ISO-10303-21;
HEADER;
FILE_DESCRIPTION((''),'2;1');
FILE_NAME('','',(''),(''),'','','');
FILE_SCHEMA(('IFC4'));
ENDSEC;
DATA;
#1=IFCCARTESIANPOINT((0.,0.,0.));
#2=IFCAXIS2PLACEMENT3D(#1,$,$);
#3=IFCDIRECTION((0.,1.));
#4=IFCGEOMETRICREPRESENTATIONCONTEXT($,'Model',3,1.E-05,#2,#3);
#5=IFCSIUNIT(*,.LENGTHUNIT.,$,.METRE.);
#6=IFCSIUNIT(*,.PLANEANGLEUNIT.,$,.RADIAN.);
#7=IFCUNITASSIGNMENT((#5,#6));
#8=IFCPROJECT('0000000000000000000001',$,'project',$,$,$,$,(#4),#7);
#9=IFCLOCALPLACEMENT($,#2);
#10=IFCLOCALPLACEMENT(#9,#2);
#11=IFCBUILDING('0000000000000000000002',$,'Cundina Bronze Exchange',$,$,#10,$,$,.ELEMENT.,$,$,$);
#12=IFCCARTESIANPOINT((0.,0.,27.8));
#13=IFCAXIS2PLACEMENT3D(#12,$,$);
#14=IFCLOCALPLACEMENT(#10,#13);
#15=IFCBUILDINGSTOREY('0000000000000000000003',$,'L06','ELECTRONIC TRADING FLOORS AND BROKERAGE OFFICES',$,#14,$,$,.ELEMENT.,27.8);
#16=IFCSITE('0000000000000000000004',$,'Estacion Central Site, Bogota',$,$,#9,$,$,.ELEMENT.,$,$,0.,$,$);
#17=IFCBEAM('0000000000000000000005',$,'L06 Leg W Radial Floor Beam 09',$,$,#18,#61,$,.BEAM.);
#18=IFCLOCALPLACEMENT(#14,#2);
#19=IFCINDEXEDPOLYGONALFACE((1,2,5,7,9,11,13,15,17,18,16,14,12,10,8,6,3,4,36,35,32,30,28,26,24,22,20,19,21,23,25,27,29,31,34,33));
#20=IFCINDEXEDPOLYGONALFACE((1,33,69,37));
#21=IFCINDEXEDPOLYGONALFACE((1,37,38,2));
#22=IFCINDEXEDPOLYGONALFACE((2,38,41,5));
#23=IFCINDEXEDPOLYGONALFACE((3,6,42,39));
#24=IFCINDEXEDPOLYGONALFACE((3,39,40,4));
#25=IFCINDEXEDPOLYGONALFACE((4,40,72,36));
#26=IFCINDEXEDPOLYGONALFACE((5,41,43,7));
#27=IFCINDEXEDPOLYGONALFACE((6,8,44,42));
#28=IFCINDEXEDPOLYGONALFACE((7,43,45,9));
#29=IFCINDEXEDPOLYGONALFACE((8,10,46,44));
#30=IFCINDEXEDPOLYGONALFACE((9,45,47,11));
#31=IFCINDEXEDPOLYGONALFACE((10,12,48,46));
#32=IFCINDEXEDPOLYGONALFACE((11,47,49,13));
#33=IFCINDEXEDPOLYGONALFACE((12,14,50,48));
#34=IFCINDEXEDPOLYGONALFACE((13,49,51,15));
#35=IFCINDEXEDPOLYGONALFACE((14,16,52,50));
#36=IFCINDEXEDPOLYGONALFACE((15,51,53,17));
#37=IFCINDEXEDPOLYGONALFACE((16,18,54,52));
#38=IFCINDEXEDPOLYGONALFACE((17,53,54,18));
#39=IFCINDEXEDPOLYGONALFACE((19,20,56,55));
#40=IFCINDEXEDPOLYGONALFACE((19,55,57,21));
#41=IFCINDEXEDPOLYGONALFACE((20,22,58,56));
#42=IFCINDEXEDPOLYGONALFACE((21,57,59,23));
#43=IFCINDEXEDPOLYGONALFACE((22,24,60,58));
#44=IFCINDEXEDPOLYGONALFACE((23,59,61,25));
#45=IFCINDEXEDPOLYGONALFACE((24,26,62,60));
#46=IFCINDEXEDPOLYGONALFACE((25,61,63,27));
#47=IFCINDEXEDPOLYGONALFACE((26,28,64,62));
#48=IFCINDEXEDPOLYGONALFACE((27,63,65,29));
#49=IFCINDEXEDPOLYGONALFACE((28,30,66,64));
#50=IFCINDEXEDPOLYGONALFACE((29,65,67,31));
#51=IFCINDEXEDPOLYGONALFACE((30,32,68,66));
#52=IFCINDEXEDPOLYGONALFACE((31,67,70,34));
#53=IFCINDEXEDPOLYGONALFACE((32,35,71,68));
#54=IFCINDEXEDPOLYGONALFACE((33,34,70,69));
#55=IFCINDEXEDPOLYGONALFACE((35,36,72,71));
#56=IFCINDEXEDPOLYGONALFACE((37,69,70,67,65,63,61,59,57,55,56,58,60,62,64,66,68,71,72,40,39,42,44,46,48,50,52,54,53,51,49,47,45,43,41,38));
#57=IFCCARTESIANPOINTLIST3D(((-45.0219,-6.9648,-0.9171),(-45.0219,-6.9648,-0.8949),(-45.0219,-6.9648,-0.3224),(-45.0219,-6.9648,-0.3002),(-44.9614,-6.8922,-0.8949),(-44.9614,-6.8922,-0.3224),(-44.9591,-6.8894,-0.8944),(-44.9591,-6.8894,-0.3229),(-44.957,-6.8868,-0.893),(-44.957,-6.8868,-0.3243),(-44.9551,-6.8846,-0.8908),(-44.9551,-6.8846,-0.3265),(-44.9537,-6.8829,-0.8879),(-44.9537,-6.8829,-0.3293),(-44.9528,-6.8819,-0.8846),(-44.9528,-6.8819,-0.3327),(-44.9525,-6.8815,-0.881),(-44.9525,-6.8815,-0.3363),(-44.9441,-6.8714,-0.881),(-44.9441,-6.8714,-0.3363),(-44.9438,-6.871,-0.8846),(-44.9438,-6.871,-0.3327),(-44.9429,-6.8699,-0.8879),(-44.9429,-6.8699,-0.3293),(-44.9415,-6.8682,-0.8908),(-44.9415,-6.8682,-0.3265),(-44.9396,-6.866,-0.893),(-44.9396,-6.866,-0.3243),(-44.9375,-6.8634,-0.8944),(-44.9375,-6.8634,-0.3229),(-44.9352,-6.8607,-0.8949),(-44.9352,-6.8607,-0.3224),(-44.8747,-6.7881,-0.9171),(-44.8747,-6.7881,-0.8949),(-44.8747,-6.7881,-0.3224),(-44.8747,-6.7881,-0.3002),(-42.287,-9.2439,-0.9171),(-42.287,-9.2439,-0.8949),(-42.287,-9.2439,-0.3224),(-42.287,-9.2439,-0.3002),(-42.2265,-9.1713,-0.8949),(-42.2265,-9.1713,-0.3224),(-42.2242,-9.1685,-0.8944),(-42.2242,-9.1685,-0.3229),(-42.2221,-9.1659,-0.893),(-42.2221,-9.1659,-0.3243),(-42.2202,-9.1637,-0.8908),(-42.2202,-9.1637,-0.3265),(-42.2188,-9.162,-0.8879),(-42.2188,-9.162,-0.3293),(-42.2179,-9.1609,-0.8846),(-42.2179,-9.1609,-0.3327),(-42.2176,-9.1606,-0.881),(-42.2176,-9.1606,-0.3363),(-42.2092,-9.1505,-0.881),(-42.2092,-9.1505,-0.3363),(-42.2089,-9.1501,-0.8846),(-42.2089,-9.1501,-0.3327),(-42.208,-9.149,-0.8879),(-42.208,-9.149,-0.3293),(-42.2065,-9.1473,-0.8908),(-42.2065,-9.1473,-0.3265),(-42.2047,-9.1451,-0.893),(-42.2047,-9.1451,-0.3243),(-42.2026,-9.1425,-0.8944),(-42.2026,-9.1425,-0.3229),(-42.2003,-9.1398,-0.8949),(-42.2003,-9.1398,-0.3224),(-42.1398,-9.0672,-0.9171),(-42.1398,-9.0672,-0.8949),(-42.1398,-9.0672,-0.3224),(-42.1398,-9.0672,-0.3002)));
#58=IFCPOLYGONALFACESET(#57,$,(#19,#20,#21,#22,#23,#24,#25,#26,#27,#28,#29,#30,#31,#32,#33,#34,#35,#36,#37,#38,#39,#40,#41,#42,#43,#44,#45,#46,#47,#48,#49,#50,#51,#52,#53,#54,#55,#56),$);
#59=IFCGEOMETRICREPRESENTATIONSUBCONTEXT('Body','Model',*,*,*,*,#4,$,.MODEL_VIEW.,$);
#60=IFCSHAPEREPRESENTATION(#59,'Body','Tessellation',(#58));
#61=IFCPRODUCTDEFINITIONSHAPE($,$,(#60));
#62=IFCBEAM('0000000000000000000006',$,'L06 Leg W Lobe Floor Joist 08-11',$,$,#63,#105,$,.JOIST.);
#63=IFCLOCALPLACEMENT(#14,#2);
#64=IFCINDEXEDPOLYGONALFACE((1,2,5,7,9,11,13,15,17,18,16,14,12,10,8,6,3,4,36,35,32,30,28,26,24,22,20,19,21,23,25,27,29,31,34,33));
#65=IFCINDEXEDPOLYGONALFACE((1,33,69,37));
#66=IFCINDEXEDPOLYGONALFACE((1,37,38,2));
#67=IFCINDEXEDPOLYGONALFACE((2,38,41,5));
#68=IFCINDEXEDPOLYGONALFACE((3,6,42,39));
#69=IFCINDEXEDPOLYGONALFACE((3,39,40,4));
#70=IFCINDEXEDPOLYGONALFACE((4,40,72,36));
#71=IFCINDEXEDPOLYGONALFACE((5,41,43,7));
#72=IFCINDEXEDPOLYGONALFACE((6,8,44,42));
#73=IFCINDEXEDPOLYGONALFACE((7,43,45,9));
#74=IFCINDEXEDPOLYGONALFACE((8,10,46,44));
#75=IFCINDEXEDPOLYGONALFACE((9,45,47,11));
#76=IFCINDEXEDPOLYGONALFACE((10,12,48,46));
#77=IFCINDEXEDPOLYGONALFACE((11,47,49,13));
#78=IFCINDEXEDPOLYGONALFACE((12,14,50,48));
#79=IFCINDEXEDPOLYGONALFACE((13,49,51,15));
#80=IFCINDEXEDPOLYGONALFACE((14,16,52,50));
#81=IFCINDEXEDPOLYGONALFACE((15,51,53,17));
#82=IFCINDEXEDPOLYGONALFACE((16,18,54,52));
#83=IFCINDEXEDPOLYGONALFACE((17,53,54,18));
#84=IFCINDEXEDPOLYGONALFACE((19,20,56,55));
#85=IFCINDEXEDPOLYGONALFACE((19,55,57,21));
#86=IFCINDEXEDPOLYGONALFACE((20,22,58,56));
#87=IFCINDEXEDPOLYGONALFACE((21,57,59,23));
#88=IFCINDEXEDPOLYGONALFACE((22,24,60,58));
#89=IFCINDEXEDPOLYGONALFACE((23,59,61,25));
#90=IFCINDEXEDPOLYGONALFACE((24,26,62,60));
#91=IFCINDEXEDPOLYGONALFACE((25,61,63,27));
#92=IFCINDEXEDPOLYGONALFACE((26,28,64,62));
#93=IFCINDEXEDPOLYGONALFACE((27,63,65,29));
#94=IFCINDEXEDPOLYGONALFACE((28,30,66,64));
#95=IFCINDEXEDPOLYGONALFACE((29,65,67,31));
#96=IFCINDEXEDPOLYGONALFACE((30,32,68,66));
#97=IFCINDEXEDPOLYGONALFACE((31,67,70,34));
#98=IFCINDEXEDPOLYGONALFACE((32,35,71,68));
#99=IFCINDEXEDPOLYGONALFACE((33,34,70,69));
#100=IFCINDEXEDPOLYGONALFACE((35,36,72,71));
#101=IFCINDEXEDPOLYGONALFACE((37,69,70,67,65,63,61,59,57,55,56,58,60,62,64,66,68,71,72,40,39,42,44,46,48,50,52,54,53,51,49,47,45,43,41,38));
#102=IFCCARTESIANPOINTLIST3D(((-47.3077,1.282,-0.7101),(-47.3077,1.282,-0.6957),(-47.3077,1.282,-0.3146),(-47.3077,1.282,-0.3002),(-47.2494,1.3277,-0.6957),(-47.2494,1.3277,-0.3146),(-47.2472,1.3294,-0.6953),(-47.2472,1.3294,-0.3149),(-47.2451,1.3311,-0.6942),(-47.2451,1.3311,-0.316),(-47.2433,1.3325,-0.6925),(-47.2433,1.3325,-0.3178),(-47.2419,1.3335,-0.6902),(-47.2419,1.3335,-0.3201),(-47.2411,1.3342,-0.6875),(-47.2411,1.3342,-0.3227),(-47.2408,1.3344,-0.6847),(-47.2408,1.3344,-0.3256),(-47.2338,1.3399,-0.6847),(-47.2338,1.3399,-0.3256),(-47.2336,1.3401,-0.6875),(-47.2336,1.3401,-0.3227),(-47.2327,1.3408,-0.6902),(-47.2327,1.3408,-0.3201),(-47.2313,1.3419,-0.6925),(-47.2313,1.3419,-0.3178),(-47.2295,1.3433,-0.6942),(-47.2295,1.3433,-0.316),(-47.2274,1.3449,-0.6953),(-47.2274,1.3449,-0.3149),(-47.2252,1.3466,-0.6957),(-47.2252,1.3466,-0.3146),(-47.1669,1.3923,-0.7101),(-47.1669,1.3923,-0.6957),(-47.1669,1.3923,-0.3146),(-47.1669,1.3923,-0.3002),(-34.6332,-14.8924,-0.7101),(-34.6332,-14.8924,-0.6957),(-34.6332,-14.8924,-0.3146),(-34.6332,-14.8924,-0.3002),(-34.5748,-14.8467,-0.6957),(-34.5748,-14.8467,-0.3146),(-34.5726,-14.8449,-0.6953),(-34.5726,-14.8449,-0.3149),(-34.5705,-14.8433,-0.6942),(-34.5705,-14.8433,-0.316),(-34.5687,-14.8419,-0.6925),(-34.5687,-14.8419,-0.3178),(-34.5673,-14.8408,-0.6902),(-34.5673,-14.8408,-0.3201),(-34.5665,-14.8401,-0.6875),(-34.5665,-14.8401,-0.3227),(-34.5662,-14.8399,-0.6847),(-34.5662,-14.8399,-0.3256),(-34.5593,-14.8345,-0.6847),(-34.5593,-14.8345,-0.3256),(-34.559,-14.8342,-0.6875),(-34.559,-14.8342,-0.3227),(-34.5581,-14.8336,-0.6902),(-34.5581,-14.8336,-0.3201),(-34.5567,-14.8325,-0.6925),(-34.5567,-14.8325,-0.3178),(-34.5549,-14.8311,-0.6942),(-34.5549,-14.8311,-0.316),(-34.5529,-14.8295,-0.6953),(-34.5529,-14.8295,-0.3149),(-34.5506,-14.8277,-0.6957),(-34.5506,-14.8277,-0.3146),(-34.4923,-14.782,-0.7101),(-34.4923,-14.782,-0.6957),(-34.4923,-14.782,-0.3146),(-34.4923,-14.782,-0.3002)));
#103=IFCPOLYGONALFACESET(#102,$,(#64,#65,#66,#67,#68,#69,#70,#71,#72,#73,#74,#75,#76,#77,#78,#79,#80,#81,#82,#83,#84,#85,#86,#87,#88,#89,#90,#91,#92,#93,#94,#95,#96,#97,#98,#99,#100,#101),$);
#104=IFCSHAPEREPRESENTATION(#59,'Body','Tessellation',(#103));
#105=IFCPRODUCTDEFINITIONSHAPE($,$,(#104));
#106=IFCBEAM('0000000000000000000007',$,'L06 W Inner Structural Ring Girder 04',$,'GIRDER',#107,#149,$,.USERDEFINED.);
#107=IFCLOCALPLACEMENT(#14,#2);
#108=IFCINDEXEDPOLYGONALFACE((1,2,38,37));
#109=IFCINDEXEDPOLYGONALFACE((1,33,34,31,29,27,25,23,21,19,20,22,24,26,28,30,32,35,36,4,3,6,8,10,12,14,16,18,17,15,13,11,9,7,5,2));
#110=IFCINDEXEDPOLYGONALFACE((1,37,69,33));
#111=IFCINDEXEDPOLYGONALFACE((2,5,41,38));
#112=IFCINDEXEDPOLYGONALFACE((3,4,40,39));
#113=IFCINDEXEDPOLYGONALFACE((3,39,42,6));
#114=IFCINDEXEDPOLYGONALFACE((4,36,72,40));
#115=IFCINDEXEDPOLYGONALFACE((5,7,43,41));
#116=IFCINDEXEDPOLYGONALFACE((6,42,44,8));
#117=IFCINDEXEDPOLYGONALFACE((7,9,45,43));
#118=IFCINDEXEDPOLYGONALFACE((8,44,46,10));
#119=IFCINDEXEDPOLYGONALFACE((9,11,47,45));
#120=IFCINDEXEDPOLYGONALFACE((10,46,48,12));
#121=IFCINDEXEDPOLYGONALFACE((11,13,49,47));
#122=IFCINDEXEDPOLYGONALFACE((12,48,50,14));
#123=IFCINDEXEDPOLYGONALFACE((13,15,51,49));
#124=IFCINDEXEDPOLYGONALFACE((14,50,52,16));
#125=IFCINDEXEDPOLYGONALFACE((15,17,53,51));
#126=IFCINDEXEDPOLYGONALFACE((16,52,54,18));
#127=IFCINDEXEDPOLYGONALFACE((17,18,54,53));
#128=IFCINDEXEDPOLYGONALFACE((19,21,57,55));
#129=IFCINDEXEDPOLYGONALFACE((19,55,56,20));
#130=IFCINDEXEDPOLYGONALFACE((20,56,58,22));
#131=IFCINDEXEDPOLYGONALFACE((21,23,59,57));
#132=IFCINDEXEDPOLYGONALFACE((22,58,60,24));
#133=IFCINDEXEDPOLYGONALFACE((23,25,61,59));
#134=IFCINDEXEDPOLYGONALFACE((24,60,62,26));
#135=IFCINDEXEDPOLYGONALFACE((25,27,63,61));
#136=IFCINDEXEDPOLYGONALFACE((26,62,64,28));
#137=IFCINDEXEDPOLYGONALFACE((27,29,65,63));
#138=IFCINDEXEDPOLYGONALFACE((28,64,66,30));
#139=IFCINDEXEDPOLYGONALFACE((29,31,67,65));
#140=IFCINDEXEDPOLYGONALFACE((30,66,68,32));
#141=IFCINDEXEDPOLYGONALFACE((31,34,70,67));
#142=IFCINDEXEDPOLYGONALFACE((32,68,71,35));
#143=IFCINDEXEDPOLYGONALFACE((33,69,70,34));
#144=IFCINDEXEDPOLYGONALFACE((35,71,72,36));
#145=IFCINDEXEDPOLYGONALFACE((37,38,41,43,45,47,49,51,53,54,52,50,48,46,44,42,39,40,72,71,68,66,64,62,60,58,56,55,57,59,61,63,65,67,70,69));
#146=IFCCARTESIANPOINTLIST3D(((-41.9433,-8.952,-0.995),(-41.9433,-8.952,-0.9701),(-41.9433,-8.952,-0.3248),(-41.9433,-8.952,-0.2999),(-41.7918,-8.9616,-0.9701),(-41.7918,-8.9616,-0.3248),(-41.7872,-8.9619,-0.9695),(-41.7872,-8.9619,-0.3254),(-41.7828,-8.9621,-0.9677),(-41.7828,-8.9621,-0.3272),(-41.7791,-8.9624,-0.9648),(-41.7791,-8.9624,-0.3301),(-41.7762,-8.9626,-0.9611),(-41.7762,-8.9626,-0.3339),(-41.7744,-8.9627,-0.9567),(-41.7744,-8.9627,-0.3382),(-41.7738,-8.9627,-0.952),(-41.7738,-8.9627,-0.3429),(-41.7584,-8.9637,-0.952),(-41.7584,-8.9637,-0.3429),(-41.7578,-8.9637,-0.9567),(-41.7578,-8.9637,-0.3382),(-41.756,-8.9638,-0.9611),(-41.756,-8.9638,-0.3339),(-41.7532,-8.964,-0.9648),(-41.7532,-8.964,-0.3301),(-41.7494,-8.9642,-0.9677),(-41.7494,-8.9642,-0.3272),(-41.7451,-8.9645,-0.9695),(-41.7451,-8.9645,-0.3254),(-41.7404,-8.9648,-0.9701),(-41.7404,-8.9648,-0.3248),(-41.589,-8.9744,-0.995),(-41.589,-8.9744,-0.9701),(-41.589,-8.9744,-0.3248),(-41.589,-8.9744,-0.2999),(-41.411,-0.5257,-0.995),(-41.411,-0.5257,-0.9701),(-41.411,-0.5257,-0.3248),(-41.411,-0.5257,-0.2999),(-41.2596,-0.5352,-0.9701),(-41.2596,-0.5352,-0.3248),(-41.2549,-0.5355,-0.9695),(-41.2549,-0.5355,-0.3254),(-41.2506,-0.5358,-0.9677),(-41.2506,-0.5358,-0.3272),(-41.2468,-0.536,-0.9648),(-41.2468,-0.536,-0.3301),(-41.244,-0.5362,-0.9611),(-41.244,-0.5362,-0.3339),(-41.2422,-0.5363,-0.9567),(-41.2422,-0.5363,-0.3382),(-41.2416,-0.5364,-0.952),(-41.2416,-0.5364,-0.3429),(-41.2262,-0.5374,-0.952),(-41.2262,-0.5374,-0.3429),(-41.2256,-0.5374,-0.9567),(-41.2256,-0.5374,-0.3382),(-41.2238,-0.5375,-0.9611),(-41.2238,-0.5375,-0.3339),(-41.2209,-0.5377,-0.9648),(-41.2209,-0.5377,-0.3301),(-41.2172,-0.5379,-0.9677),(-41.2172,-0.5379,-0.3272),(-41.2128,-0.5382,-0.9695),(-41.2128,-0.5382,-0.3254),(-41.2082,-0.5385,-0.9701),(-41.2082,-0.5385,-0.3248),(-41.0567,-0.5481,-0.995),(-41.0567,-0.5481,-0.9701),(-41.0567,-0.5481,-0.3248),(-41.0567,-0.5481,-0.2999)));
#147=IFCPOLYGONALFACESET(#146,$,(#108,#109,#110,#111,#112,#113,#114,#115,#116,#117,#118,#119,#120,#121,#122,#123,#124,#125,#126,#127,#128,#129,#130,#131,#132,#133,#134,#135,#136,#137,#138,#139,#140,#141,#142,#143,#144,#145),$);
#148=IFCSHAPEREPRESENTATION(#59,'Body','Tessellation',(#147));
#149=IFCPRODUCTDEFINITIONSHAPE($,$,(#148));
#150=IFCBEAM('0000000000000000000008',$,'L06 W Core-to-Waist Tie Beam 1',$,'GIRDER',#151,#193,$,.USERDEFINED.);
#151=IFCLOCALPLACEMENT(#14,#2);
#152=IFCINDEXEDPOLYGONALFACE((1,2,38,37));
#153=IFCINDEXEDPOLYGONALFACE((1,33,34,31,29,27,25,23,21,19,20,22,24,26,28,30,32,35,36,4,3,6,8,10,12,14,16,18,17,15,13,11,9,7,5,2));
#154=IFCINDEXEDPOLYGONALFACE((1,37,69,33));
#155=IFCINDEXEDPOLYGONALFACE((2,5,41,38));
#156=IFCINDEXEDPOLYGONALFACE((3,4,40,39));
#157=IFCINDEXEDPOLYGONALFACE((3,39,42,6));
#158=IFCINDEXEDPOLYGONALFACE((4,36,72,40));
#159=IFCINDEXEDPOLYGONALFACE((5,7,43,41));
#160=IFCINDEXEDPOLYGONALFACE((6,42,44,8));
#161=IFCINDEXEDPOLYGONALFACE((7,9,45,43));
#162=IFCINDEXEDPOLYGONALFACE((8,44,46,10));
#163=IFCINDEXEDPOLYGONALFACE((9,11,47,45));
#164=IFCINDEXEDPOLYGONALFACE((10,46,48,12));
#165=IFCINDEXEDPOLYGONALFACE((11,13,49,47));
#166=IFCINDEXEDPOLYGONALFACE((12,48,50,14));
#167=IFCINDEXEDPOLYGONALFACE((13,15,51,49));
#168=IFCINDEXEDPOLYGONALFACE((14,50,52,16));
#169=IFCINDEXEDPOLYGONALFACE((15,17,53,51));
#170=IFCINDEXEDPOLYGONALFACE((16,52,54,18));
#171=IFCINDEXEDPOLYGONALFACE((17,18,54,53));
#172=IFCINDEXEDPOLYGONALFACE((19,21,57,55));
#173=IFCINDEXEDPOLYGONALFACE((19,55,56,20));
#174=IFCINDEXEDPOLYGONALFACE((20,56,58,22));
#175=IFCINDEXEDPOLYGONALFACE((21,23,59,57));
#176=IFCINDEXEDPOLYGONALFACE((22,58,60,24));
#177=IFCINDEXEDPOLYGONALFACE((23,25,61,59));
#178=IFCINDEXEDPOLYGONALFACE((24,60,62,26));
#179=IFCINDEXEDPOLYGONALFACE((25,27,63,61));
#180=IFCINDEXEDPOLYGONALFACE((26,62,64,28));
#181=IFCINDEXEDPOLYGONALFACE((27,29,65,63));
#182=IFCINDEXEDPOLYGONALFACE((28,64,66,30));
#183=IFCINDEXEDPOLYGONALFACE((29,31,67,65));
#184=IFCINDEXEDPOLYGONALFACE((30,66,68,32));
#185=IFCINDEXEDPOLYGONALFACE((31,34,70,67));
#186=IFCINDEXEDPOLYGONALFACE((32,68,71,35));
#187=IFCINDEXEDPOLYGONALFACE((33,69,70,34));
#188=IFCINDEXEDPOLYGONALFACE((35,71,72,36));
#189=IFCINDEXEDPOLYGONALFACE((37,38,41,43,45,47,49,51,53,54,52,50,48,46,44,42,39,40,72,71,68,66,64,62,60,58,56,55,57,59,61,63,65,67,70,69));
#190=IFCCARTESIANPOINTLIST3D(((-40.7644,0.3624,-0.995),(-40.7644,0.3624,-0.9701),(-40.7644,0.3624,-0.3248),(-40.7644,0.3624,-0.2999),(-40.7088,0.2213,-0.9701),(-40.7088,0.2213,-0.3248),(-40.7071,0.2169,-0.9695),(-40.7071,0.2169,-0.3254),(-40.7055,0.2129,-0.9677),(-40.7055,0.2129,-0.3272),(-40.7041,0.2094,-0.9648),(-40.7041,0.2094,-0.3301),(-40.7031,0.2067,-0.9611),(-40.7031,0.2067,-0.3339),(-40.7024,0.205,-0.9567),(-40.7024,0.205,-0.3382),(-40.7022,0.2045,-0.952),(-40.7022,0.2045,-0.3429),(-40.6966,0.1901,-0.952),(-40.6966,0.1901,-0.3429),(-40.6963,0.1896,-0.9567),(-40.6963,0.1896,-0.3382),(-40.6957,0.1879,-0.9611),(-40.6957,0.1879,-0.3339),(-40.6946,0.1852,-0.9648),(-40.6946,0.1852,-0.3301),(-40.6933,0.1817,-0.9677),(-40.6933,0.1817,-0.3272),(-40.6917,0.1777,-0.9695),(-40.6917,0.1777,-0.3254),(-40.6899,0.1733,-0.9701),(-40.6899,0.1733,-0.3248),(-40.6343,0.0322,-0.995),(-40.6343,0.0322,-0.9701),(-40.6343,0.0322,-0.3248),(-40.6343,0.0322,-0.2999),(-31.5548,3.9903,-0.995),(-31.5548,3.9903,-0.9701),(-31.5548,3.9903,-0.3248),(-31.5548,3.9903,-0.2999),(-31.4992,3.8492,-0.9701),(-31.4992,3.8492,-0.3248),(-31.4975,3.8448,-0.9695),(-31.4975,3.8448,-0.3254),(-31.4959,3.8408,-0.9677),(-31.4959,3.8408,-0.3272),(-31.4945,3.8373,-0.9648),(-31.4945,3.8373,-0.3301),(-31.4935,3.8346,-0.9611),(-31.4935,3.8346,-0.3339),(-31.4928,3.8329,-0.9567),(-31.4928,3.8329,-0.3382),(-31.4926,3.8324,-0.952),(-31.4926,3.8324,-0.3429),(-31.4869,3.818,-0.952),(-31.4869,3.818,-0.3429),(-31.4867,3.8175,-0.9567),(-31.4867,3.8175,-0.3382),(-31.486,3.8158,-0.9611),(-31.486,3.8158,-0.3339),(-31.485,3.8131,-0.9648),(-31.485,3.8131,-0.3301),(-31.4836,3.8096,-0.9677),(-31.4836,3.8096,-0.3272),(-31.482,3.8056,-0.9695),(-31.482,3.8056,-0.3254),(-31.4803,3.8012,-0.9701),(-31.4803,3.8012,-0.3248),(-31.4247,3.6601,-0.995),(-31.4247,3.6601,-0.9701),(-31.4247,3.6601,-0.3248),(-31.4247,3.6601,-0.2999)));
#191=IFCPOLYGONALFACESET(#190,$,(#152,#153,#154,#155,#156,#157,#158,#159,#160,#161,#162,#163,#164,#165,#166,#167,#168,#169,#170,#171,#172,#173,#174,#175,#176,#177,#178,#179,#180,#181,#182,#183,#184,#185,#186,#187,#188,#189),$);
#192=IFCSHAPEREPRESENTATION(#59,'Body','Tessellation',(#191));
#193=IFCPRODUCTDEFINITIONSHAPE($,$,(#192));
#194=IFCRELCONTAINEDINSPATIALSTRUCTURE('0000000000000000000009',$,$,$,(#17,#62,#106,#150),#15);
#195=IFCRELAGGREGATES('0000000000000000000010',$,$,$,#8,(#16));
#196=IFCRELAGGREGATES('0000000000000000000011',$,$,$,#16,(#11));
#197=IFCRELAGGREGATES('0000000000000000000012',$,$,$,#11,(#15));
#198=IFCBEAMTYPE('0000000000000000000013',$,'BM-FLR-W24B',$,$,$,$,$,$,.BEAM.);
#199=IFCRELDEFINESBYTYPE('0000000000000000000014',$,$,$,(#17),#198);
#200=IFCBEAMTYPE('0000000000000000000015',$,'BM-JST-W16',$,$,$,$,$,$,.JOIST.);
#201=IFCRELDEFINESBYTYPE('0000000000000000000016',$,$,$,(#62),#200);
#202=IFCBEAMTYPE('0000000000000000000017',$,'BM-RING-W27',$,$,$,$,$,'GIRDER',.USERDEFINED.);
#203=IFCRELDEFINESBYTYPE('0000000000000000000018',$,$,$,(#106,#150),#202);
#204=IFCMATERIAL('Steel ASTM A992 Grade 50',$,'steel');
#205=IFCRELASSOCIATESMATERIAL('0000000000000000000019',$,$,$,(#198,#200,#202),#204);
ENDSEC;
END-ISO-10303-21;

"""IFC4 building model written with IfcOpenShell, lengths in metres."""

from ifc_helpers import new_model, si_unit, direction, frame, origin, origin_2d, place, context, subcontext, project, spatial, i_section, extrude, material, material_profile, profile_set, type_object, element, save


model = new_model("IFC4")

# Units and contexts
model_context = context("Model", 3, precision=1e-05, world=origin(), true_north=direction((0.0, 1.0)))
body_context = subcontext(model_context, "Body", "Model", "MODEL_VIEW")
ifc_project = project(units=[si_unit("LENGTHUNIT", "METRE"), si_unit("PLANEANGLEUNIT", "RADIAN")], contexts=[model_context])

# Site, building, storey
site_placement = place(None, origin())
site = spatial("IfcSite", under=ifc_project, at=site_placement, Name="Estacion Central Site, Bogota", CompositionType="ELEMENT", RefElevation=0.0)
building_placement = place(site_placement, origin())
building = spatial("IfcBuilding", under=site, at=building_placement, Name="Cundina Bronze Exchange", CompositionType="ELEMENT")
storey_placement = place(building_placement, frame((0.0, 0.0, 27.8)))
storey = spatial("IfcBuildingStorey", under=building, at=storey_placement, Name="L06", Description="ELECTRONIC TRADING FLOORS AND BROKERAGE OFFICES", CompositionType="ELEMENT", Elevation=27.8)

# Shared definitions
ifc_material_1 = material(Name="Steel ASTM A992 Grade 50", Category="steel")

# Beams
ifc_material_profile_1 = material_profile(ifc_material_1, i_section(OverallWidth=0.23, OverallDepth=0.6169, WebThickness=0.0132, FlangeThickness=0.0222, FilletRadius=0.0139, at=origin_2d()), Name="W24X94", Category="steel")
ifc_profile_set_1 = profile_set([ifc_material_profile_1], Name="Steel ASTM A992 Grade 50")
beam_type_1 = type_object("IfcBeamType", Name="BM-FLR-W24B", PredefinedType="BEAM", material=ifc_profile_set_1)
beam_1_placement = place(storey_placement, frame((-42.2134, -9.1555, -0.6086), z_axis=(-0.768221, 0.640184, 0.0), x_axis=(-0.640184, -0.768221, 0.0)))
element("IfcBeam", 1, at=beam_1_placement, inside=storey, type_object=beam_type_1, Name="L06 Leg W Radial Floor Beam 09", PredefinedType="BEAM", context=body_context, shape_type="SweptSolid", body=[
    extrude(i_section(OverallWidth=0.23, OverallDepth=0.6169, WebThickness=0.0132, FlangeThickness=0.0222, FilletRadius=0.0139, at=origin_2d()), origin(), (0.0, 0.0, 1.0), 3.5601),
])
ifc_material_profile_2 = material_profile(ifc_material_1, i_section(OverallWidth=0.179, OverallDepth=0.4099, WebThickness=0.0088, FlangeThickness=0.0144, FilletRadius=0.011, at=origin_2d()), Name="W16X45", Category="steel")
ifc_profile_set_2 = profile_set([ifc_material_profile_2], Name="Steel ASTM A992 Grade 50")
beam_type_2 = type_object("IfcBeamType", Name="BM-JST-W16", PredefinedType="JOIST", material=ifc_profile_set_2)
beam_2_placement = place(storey_placement, frame((-47.2373, 1.3372, -0.5051), z_axis=(0.616803, -0.787117, 0.0), x_axis=(0.787117, 0.616803, 0.0)))
element("IfcBeam", 2, at=beam_2_placement, inside=storey, type_object=beam_type_2, Name="L06 Leg W Lobe Floor Joist 08-11", PredefinedType="JOIST", context=body_context, shape_type="SweptSolid", body=[
    extrude(i_section(OverallWidth=0.179, OverallDepth=0.4099, WebThickness=0.0088, FlangeThickness=0.0144, FilletRadius=0.011, at=origin_2d()), origin(), (0.0, 0.0, 1.0), 20.5488),
])
ifc_material_profile_3 = material_profile(ifc_material_1, i_section(OverallWidth=0.355, OverallDepth=0.6951, WebThickness=0.0154, FlangeThickness=0.0249, FilletRadius=0.0181, at=origin_2d()), Name="W27X146", Category="steel")
ifc_profile_set_3 = profile_set([ifc_material_profile_3], Name="Steel ASTM A992 Grade 50")
beam_type_3 = type_object("IfcBeamType", Name="BM-RING-W27", ElementType="GIRDER", PredefinedType="USERDEFINED", material=ifc_profile_set_3)
beam_3_placement = place(storey_placement, frame((-41.2339, -0.5369, -0.6475), z_axis=(-0.063037, -0.998011, 0.0), x_axis=(0.998011, -0.063037, 0.0)))
element("IfcBeam", 3, at=beam_3_placement, inside=storey, type_object=beam_type_3, Name="L06 W Inner Structural Ring Girder 04", ObjectType="GIRDER", PredefinedType="USERDEFINED", context=body_context, shape_type="SweptSolid", body=[
    extrude(i_section(OverallWidth=0.355, OverallDepth=0.6951, WebThickness=0.0154, FlangeThickness=0.0249, FilletRadius=0.0181, at=origin_2d()), origin(), (0.0, 0.0, 1.0), 8.4431),
])
beam_4_placement = place(storey_placement, frame((-31.4897, 3.8252, -0.6475), z_axis=(-0.930413, -0.366512, 0.0), x_axis=(0.366512, -0.930413, 0.0)))
element("IfcBeam", 4, at=beam_4_placement, inside=storey, type_object=beam_type_3, Name="L06 W Core-to-Waist Tie Beam 1", ObjectType="GIRDER", PredefinedType="USERDEFINED", context=body_context, shape_type="SweptSolid", body=[
    extrude(i_section(OverallWidth=0.355, OverallDepth=0.6951, WebThickness=0.0154, FlangeThickness=0.0249, FilletRadius=0.0181, at=origin_2d()), origin(), (0.0, 0.0, 1.0), 9.8984),
])

save(model, "model.ifc")
